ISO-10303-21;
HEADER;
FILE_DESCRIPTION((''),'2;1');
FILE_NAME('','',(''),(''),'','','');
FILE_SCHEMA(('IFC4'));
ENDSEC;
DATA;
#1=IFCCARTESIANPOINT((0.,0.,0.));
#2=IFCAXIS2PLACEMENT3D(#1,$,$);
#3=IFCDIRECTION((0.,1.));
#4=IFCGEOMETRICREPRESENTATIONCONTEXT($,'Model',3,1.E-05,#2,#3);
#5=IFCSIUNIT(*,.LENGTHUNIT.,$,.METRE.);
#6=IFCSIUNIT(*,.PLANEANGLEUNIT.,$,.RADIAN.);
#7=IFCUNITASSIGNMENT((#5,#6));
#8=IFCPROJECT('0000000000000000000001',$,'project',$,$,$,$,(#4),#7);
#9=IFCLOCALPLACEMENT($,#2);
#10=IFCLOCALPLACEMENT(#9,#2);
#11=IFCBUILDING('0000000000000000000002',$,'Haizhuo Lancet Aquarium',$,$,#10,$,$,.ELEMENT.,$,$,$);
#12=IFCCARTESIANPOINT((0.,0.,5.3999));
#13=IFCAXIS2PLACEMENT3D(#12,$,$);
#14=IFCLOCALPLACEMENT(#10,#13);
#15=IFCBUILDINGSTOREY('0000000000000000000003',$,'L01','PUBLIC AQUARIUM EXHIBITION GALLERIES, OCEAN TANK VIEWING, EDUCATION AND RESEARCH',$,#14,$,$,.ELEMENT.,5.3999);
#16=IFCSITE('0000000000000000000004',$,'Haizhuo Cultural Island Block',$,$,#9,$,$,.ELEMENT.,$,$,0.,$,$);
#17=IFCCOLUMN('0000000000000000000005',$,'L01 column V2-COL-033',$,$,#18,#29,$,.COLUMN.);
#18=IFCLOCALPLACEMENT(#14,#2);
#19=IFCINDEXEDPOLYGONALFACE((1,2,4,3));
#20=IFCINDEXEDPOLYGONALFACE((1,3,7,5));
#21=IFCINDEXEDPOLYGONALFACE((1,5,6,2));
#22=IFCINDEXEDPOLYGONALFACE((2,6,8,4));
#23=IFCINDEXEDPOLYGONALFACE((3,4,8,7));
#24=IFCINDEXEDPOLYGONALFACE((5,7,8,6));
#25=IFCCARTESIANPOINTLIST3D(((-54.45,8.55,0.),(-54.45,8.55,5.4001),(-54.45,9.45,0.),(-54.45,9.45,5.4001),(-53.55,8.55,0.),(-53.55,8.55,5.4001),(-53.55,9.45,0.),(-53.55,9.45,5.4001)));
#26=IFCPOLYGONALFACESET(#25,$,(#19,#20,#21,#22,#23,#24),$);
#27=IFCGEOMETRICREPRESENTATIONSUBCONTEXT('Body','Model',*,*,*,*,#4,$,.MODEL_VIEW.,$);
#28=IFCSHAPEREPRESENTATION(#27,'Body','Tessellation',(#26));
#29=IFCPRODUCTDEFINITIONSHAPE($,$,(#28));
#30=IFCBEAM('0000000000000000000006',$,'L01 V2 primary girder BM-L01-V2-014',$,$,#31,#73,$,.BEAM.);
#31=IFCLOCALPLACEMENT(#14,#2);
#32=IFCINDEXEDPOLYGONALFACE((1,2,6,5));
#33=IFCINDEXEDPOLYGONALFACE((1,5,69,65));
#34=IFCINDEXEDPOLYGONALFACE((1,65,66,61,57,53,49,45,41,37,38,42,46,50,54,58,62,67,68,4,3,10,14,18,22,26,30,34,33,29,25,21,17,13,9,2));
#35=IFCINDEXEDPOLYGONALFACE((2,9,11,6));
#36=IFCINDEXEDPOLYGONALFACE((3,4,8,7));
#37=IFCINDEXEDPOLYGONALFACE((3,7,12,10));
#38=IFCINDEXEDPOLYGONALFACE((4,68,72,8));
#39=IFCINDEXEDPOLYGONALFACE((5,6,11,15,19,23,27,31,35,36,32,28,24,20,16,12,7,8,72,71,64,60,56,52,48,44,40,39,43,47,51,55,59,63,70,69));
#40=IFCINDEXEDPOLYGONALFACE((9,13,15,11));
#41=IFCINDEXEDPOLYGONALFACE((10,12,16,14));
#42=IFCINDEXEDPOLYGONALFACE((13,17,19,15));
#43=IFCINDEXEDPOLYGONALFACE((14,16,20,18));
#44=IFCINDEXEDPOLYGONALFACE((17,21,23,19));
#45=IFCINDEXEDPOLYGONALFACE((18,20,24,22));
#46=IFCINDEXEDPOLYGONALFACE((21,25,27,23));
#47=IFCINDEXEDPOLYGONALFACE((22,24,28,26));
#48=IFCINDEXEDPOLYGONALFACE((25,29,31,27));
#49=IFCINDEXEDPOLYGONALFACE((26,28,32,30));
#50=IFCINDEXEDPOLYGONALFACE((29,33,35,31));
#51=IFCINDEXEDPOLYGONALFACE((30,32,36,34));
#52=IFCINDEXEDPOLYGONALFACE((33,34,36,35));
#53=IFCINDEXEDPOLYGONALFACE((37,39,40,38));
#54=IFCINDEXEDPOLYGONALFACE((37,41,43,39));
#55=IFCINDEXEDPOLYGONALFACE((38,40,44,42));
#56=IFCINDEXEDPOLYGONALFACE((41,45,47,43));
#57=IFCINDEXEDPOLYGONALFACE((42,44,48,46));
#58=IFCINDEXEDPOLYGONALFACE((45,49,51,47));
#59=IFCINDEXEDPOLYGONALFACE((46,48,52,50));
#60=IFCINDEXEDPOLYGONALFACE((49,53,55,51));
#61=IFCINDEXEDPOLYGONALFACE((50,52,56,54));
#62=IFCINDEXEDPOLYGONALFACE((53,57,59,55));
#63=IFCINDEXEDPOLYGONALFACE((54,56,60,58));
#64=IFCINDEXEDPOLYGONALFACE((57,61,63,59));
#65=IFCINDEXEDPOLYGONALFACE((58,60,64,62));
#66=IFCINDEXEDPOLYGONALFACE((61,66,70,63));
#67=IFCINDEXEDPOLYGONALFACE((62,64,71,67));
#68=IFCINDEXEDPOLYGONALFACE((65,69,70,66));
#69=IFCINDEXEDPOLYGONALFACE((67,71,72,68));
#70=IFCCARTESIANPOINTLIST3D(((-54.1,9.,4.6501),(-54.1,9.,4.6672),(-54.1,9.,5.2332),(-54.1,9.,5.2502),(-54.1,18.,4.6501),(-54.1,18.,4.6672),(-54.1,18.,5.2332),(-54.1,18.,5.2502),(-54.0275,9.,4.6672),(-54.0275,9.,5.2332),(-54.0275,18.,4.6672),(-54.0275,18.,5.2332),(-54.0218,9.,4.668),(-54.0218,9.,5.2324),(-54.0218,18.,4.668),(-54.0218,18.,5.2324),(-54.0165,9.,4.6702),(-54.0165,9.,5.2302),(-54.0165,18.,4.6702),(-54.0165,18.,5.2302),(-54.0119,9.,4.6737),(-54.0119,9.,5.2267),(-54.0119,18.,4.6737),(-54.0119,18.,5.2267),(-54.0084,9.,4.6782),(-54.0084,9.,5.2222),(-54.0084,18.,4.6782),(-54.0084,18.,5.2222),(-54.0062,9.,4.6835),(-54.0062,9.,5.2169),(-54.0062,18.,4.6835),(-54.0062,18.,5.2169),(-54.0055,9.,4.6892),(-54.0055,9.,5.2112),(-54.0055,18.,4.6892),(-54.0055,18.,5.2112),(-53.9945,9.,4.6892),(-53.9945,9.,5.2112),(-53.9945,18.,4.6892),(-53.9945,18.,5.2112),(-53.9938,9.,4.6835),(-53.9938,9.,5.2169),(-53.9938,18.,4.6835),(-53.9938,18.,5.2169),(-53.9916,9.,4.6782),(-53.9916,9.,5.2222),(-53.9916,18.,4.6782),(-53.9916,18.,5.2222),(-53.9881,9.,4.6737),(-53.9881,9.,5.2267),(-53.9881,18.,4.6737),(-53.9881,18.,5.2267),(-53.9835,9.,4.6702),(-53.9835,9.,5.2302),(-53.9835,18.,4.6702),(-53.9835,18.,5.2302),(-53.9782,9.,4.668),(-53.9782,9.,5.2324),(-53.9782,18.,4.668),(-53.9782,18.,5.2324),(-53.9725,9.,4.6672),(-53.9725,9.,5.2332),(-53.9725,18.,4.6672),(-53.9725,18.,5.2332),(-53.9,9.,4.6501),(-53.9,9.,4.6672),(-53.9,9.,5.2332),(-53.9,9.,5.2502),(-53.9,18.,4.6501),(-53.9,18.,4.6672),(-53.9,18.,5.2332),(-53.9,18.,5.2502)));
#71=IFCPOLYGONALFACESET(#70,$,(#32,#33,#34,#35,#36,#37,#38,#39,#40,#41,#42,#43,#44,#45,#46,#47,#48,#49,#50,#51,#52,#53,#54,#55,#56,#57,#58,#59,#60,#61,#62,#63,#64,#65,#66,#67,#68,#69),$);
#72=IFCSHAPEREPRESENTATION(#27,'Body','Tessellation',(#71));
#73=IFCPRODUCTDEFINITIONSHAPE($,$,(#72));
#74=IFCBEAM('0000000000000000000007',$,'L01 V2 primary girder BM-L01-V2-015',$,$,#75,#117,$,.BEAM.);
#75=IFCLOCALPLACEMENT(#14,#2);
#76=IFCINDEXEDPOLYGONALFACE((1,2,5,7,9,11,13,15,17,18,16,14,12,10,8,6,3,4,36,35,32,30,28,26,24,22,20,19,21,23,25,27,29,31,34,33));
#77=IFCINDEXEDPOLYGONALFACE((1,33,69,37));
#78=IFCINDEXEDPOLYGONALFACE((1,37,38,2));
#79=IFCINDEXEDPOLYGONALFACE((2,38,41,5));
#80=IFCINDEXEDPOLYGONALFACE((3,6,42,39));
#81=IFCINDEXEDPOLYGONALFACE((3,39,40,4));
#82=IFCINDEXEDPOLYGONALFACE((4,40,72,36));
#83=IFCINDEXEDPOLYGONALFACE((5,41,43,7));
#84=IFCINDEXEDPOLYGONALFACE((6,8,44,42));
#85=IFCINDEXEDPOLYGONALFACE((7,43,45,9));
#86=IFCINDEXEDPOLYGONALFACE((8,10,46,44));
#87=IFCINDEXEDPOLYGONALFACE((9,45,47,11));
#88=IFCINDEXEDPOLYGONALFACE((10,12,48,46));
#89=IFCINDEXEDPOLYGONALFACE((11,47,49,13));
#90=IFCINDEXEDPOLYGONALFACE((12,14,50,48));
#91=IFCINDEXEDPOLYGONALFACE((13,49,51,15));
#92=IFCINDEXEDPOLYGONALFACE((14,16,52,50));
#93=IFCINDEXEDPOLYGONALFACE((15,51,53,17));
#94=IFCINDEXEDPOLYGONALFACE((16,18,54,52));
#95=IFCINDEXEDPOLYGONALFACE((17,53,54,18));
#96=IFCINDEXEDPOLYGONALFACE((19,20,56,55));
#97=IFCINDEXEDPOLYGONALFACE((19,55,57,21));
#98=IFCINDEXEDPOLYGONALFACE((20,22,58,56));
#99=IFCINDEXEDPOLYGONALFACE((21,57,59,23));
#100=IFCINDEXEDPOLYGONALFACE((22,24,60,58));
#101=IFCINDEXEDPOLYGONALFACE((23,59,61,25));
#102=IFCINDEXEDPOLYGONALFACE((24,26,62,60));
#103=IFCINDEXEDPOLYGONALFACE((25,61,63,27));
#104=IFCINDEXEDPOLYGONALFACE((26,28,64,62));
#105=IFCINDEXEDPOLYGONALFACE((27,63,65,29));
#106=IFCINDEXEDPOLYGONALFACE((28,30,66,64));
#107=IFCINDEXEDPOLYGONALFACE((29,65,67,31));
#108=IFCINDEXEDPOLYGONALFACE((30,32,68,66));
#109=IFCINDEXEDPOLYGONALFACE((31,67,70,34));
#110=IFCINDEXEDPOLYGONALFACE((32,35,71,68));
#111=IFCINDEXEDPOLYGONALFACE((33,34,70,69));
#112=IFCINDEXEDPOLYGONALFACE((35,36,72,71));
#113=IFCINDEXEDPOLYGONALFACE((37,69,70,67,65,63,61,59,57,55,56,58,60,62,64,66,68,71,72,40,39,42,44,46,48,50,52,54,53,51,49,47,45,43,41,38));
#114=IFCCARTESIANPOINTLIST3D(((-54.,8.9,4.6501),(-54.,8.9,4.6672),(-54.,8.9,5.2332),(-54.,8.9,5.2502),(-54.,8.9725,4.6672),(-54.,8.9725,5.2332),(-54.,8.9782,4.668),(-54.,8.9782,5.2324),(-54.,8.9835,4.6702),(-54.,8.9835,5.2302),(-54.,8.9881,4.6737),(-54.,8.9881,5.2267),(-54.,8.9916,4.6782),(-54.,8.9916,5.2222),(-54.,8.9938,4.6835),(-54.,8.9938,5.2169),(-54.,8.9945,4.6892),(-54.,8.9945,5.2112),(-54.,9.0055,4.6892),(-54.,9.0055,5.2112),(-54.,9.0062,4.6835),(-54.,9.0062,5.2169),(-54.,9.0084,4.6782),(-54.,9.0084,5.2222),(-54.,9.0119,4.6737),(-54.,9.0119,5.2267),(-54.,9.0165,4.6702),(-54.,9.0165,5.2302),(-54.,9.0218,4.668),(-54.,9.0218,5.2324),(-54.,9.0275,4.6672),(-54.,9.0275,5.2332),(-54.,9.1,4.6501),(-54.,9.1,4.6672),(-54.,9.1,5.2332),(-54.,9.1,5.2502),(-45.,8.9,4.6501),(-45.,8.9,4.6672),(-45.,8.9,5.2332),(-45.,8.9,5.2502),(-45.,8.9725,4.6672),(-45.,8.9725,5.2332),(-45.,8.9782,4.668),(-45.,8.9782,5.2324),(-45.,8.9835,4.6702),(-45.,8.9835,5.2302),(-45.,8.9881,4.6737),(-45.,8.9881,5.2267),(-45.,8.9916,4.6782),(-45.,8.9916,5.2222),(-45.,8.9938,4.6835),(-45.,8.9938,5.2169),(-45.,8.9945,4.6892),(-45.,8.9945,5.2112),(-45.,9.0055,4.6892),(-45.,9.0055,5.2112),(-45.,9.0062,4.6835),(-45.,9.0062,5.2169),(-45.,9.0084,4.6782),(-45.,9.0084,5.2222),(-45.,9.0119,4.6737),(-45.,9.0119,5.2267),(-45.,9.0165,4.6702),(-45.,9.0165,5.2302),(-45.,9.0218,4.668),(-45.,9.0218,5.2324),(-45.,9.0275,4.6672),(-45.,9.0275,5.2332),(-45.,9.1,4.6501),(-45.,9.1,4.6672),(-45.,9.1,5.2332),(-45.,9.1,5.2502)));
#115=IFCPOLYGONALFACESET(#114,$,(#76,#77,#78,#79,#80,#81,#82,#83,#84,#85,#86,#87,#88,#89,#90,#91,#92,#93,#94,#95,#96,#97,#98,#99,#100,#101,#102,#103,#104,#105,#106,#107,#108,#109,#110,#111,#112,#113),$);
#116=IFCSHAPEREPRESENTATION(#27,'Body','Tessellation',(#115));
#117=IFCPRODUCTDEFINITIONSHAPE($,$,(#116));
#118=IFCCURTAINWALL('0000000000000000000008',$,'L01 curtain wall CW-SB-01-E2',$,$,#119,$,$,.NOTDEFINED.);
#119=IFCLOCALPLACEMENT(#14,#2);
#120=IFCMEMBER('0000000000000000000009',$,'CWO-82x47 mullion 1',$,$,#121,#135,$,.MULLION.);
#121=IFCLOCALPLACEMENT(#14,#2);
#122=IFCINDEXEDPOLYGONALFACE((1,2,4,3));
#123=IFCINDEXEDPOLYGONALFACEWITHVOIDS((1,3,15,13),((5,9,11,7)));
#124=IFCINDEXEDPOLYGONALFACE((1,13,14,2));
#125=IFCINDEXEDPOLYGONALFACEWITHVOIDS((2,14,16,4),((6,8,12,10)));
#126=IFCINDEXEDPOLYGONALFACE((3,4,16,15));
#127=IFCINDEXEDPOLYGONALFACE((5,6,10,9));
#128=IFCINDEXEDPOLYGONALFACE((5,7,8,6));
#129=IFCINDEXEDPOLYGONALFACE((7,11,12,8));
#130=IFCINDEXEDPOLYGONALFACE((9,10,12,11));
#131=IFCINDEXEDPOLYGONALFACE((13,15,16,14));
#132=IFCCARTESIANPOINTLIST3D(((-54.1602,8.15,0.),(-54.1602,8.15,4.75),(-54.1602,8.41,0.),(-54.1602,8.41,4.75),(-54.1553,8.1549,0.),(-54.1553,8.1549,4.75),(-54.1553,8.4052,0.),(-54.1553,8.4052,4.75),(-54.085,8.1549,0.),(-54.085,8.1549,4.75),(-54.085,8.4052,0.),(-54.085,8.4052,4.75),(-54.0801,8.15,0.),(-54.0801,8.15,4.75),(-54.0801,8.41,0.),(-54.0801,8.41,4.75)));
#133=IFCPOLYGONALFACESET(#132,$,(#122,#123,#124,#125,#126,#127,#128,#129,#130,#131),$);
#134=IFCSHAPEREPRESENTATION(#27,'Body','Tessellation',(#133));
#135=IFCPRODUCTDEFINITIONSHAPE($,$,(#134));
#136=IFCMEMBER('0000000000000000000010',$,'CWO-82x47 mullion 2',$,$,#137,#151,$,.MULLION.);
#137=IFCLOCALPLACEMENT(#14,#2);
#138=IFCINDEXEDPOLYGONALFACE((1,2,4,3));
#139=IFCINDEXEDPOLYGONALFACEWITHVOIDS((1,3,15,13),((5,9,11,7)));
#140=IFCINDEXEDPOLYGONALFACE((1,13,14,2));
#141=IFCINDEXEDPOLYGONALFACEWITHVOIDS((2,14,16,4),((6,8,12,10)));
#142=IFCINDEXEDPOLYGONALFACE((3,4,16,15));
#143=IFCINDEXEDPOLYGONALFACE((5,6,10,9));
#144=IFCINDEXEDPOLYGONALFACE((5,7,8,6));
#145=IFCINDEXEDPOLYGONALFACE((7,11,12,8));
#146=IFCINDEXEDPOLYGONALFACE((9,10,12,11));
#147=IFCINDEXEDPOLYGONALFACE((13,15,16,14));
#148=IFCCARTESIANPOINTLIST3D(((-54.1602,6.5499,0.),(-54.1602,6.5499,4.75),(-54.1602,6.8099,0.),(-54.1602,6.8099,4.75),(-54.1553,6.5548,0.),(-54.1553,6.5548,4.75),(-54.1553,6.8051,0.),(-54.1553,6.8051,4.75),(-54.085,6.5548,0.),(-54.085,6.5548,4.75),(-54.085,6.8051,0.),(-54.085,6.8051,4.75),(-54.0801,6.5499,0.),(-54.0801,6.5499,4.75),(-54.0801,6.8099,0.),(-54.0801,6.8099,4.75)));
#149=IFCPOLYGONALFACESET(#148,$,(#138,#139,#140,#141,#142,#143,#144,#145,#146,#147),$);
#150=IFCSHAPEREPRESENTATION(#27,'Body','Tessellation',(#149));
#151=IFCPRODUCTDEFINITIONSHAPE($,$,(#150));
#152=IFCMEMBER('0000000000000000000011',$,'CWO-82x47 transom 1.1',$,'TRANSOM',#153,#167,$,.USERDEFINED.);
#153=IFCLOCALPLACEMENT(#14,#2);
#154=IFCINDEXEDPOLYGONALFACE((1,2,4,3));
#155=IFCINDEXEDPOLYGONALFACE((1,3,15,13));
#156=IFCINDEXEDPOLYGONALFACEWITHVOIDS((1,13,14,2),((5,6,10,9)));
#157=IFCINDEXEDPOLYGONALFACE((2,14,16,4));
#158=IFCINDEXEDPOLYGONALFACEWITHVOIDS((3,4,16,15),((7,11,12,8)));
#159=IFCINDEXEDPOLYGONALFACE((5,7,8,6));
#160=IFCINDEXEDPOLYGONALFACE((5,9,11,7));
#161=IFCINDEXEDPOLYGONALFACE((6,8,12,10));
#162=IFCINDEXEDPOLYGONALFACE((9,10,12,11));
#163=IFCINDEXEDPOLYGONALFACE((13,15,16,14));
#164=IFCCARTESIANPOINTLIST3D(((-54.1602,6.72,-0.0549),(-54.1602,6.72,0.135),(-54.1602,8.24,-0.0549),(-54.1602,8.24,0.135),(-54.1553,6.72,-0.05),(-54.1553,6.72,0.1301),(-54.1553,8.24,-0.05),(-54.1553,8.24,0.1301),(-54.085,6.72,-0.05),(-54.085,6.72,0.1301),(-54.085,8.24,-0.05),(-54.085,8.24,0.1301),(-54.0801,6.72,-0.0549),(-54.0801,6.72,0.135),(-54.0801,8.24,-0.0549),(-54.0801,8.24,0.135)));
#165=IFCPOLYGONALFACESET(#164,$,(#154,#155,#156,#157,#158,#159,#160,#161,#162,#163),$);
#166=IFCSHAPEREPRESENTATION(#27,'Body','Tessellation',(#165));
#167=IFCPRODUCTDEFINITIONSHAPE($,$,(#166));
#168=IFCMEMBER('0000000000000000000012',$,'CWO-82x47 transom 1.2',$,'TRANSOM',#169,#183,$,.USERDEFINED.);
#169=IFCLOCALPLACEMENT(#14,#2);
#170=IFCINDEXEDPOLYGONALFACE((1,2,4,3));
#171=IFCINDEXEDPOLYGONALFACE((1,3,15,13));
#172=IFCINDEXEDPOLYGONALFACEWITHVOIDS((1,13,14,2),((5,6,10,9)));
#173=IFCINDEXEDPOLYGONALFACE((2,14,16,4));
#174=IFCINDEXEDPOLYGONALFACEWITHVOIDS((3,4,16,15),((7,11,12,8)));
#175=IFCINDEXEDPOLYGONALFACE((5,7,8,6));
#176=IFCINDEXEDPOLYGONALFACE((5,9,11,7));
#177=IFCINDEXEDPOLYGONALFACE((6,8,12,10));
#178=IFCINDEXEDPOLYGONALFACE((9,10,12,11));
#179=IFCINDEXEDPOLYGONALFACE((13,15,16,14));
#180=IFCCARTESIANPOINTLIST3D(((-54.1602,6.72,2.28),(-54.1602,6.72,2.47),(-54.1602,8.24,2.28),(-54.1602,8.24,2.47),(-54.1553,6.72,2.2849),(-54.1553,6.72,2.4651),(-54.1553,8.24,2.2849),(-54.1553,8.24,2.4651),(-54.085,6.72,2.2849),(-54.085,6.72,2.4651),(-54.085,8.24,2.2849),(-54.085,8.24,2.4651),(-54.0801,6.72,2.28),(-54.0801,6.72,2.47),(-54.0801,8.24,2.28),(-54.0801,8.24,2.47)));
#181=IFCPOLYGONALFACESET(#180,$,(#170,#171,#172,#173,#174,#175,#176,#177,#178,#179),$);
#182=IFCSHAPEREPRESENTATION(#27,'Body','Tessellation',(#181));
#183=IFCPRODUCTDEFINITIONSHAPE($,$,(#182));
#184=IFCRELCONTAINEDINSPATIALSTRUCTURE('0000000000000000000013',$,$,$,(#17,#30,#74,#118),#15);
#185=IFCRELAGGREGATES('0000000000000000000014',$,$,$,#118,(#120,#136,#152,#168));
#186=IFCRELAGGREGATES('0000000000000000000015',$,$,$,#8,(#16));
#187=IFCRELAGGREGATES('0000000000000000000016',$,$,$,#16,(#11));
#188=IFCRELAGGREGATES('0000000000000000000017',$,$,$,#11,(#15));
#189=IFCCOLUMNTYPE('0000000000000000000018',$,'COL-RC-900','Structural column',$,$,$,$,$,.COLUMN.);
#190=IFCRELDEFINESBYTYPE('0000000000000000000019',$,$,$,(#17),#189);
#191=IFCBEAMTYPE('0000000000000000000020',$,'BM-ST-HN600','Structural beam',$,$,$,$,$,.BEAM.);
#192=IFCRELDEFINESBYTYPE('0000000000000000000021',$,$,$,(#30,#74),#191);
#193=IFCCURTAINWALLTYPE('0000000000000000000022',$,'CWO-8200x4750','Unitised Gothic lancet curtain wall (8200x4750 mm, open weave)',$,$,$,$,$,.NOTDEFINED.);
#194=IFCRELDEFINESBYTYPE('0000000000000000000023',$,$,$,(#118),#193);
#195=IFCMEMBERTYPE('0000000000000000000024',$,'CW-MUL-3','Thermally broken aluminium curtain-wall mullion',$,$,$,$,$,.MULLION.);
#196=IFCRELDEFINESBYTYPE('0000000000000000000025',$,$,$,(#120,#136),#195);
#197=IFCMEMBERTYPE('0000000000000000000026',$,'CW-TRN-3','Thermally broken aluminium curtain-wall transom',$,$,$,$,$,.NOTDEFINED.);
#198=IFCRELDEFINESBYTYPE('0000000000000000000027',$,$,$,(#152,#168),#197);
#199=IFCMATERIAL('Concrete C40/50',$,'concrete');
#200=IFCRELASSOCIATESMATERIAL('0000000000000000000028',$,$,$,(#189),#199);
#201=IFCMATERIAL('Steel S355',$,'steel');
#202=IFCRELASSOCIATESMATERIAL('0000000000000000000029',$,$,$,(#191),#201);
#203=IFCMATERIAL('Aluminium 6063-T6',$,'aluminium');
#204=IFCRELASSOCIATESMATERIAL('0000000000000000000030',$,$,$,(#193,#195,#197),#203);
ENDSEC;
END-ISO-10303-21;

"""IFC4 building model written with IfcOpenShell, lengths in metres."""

from ifc_helpers import new_model, si_unit, direction, frame, origin, origin_2d, place, context, subcontext, project, spatial, rectangle, hollow_rectangle, i_section, extrude, material, material_profile, profile_set, type_object, element, aggregate, save


model = new_model("IFC4")

# Units and contexts
model_context = context("Model", 3, precision=1e-05, world=origin(), true_north=direction((0.0, 1.0)))
body_context = subcontext(model_context, "Body", "Model", "MODEL_VIEW")
ifc_project = project(units=[si_unit("LENGTHUNIT", "METRE"), si_unit("PLANEANGLEUNIT", "RADIAN")], contexts=[model_context])

# Site, building, storey
site_placement = place(None, origin())
site = spatial("IfcSite", under=ifc_project, at=site_placement, Name="Haizhuo Cultural Island Block", CompositionType="ELEMENT", RefElevation=0.0)
building_placement = place(site_placement, origin())
building = spatial("IfcBuilding", under=site, at=building_placement, Name="Haizhuo Lancet Aquarium", CompositionType="ELEMENT")
storey_placement = place(building_placement, frame((0.0, 0.0, 5.3999)))
storey = spatial("IfcBuildingStorey", under=building, at=storey_placement, Name="L01", Description="PUBLIC AQUARIUM EXHIBITION GALLERIES, OCEAN TANK VIEWING, EDUCATION AND RESEARCH", CompositionType="ELEMENT", Elevation=5.3999)

# Column
ifc_material_1 = material(Name="Concrete C40/50", Category="concrete")
ifc_material_profile_1 = material_profile(ifc_material_1, rectangle(XDim=0.8999, YDim=0.8999, at=origin_2d()), Name="RC-COL 900x900")
ifc_profile_set_1 = profile_set([ifc_material_profile_1], Name="Concrete C40/50")
column_type = type_object("IfcColumnType", Name="COL-RC-900", Description="Structural column", PredefinedType="COLUMN", material=ifc_profile_set_1)
column_placement = place(storey_placement, frame((-54.0, 9.0, 0.0), z_axis=(0.0, 0.0, 1.0), x_axis=(1.0, 0.0, 0.0)))
element("IfcColumn", 1, at=column_placement, inside=storey, type_object=column_type, Name="L01 column V2-COL-033", PredefinedType="COLUMN", context=body_context, shape_type="SweptSolid", body=[
    extrude(rectangle(XDim=0.8999, YDim=0.8999, at=origin_2d()), origin(), (0.0, 0.0, 1.0), 5.4001),
])

# Beams
ifc_material_2 = material(Name="Steel S355", Category="steel")
ifc_material_profile_2 = material_profile(ifc_material_2, i_section(OverallWidth=0.2, OverallDepth=0.6001, WebThickness=0.011, FlangeThickness=0.0171, FilletRadius=0.022, at=origin_2d()), Name="HN 600x200x11x17")
ifc_profile_set_2 = profile_set([ifc_material_profile_2], Name="Steel S355")
beam_type = type_object("IfcBeamType", Name="BM-ST-HN600", Description="Structural beam", PredefinedType="BEAM", material=ifc_profile_set_2)
for number, where, z_axis, x_axis, name in (
    (2, (-54.0, 9.0, 4.9502), (0.0, 1.0, 0.0), (-1.0, 0.0, 0.0), "L01 V2 primary girder BM-L01-V2-014"),
    (3, (-54.0, 9.0, 4.9502), (1.0, 0.0, 0.0), (0.0, 1.0, 0.0), "L01 V2 primary girder BM-L01-V2-015"),
):
    element("IfcBeam", number, at=place(storey_placement, frame(where, z_axis=z_axis, x_axis=x_axis)), inside=storey, type_object=beam_type, Name=name, PredefinedType="BEAM", context=body_context, shape_type="SweptSolid", body=[
        extrude(i_section(OverallWidth=0.2, OverallDepth=0.6001, WebThickness=0.011, FlangeThickness=0.0171, FilletRadius=0.022, at=origin_2d()), origin(), (0.0, 0.0, 1.0), 9.0),
    ])

# Curtain wall, members
ifc_material_3 = material(Name="Aluminium 6063-T6", Category="aluminium")
curtain_wall_type = type_object("IfcCurtainWallType", Name="CWO-8200x4750", Description="Unitised Gothic lancet curtain wall (8200x4750 mm, open weave)", PredefinedType="NOTDEFINED", material=ifc_material_3)
curtain_wall_placement = place(storey_placement, origin())
curtain_wall = element("IfcCurtainWall", 4, at=curtain_wall_placement, inside=storey, type_object=curtain_wall_type, Name="L01 curtain wall CW-SB-01-E2", PredefinedType="NOTDEFINED")
ifc_material_profile_3 = material_profile(ifc_material_3, hollow_rectangle(XDim=0.0801, YDim=0.26, WallThickness=0.0049, at=origin_2d()), Name="ALU-M 80x260x5")
ifc_profile_set_3 = profile_set([ifc_material_profile_3], Name="Aluminium 6063-T6")
member_type_1 = type_object("IfcMemberType", Name="CW-MUL-3", Description="Thermally broken aluminium curtain-wall mullion", PredefinedType="MULLION", material=ifc_profile_set_3)
member_1_placement = place(storey_placement, frame((-54.1201, 8.28, 0.0), z_axis=(0.0, 0.0, 1.0), x_axis=(1.0, 0.0, 0.0)))
member_1 = element("IfcMember", 5, at=member_1_placement, type_object=member_type_1, Name="CWO-82x47 mullion 1", PredefinedType="MULLION", context=body_context, shape_type="SweptSolid", body=[
    extrude(hollow_rectangle(XDim=0.0801, YDim=0.26, WallThickness=0.0049, at=origin_2d()), origin(), (0.0, 0.0, 1.0), 4.75),
])
member_2_placement = place(storey_placement, frame((-54.1201, 6.6799, 0.0), z_axis=(0.0, 0.0, 1.0), x_axis=(1.0, 0.0, 0.0)))
member_2 = element("IfcMember", 6, at=member_2_placement, type_object=member_type_1, Name="CWO-82x47 mullion 2", PredefinedType="MULLION", context=body_context, shape_type="SweptSolid", body=[
    extrude(hollow_rectangle(XDim=0.0801, YDim=0.26, WallThickness=0.0049, at=origin_2d()), origin(), (0.0, 0.0, 1.0), 4.75),
])
ifc_material_profile_4 = material_profile(ifc_material_3, hollow_rectangle(XDim=0.0801, YDim=0.1899, WallThickness=0.0049, at=origin_2d()), Name="ALU-T 80x190x5")
ifc_profile_set_4 = profile_set([ifc_material_profile_4], Name="Aluminium 6063-T6")
member_type_2 = type_object("IfcMemberType", Name="CW-TRN-3", Description="Thermally broken aluminium curtain-wall transom", PredefinedType="NOTDEFINED", material=ifc_profile_set_4)
member_3_placement = place(storey_placement, frame((-54.1201, 8.24, 0.04), z_axis=(0.0, -1.0, 0.0), x_axis=(1.0, 0.0, 0.0)))
member_3 = element("IfcMember", 7, at=member_3_placement, type_object=member_type_2, Name="CWO-82x47 transom 1.1", ObjectType="TRANSOM", PredefinedType="USERDEFINED", context=body_context, shape_type="SweptSolid", body=[
    extrude(hollow_rectangle(XDim=0.0801, YDim=0.1899, WallThickness=0.0049, at=origin_2d()), origin(), (0.0, 0.0, 1.0), 1.52),
])
member_4_placement = place(storey_placement, frame((-54.1201, 8.24, 2.375), z_axis=(0.0, -1.0, 0.0), x_axis=(1.0, 0.0, 0.0)))
member_4 = element("IfcMember", 8, at=member_4_placement, type_object=member_type_2, Name="CWO-82x47 transom 1.2", ObjectType="TRANSOM", PredefinedType="USERDEFINED", context=body_context, shape_type="SweptSolid", body=[
    extrude(hollow_rectangle(XDim=0.0801, YDim=0.1899, WallThickness=0.0049, at=origin_2d()), origin(), (0.0, 0.0, 1.0), 1.52),
])

aggregate(curtain_wall, [member_1, member_2, member_3, member_4])

save(model, "model.ifc")
